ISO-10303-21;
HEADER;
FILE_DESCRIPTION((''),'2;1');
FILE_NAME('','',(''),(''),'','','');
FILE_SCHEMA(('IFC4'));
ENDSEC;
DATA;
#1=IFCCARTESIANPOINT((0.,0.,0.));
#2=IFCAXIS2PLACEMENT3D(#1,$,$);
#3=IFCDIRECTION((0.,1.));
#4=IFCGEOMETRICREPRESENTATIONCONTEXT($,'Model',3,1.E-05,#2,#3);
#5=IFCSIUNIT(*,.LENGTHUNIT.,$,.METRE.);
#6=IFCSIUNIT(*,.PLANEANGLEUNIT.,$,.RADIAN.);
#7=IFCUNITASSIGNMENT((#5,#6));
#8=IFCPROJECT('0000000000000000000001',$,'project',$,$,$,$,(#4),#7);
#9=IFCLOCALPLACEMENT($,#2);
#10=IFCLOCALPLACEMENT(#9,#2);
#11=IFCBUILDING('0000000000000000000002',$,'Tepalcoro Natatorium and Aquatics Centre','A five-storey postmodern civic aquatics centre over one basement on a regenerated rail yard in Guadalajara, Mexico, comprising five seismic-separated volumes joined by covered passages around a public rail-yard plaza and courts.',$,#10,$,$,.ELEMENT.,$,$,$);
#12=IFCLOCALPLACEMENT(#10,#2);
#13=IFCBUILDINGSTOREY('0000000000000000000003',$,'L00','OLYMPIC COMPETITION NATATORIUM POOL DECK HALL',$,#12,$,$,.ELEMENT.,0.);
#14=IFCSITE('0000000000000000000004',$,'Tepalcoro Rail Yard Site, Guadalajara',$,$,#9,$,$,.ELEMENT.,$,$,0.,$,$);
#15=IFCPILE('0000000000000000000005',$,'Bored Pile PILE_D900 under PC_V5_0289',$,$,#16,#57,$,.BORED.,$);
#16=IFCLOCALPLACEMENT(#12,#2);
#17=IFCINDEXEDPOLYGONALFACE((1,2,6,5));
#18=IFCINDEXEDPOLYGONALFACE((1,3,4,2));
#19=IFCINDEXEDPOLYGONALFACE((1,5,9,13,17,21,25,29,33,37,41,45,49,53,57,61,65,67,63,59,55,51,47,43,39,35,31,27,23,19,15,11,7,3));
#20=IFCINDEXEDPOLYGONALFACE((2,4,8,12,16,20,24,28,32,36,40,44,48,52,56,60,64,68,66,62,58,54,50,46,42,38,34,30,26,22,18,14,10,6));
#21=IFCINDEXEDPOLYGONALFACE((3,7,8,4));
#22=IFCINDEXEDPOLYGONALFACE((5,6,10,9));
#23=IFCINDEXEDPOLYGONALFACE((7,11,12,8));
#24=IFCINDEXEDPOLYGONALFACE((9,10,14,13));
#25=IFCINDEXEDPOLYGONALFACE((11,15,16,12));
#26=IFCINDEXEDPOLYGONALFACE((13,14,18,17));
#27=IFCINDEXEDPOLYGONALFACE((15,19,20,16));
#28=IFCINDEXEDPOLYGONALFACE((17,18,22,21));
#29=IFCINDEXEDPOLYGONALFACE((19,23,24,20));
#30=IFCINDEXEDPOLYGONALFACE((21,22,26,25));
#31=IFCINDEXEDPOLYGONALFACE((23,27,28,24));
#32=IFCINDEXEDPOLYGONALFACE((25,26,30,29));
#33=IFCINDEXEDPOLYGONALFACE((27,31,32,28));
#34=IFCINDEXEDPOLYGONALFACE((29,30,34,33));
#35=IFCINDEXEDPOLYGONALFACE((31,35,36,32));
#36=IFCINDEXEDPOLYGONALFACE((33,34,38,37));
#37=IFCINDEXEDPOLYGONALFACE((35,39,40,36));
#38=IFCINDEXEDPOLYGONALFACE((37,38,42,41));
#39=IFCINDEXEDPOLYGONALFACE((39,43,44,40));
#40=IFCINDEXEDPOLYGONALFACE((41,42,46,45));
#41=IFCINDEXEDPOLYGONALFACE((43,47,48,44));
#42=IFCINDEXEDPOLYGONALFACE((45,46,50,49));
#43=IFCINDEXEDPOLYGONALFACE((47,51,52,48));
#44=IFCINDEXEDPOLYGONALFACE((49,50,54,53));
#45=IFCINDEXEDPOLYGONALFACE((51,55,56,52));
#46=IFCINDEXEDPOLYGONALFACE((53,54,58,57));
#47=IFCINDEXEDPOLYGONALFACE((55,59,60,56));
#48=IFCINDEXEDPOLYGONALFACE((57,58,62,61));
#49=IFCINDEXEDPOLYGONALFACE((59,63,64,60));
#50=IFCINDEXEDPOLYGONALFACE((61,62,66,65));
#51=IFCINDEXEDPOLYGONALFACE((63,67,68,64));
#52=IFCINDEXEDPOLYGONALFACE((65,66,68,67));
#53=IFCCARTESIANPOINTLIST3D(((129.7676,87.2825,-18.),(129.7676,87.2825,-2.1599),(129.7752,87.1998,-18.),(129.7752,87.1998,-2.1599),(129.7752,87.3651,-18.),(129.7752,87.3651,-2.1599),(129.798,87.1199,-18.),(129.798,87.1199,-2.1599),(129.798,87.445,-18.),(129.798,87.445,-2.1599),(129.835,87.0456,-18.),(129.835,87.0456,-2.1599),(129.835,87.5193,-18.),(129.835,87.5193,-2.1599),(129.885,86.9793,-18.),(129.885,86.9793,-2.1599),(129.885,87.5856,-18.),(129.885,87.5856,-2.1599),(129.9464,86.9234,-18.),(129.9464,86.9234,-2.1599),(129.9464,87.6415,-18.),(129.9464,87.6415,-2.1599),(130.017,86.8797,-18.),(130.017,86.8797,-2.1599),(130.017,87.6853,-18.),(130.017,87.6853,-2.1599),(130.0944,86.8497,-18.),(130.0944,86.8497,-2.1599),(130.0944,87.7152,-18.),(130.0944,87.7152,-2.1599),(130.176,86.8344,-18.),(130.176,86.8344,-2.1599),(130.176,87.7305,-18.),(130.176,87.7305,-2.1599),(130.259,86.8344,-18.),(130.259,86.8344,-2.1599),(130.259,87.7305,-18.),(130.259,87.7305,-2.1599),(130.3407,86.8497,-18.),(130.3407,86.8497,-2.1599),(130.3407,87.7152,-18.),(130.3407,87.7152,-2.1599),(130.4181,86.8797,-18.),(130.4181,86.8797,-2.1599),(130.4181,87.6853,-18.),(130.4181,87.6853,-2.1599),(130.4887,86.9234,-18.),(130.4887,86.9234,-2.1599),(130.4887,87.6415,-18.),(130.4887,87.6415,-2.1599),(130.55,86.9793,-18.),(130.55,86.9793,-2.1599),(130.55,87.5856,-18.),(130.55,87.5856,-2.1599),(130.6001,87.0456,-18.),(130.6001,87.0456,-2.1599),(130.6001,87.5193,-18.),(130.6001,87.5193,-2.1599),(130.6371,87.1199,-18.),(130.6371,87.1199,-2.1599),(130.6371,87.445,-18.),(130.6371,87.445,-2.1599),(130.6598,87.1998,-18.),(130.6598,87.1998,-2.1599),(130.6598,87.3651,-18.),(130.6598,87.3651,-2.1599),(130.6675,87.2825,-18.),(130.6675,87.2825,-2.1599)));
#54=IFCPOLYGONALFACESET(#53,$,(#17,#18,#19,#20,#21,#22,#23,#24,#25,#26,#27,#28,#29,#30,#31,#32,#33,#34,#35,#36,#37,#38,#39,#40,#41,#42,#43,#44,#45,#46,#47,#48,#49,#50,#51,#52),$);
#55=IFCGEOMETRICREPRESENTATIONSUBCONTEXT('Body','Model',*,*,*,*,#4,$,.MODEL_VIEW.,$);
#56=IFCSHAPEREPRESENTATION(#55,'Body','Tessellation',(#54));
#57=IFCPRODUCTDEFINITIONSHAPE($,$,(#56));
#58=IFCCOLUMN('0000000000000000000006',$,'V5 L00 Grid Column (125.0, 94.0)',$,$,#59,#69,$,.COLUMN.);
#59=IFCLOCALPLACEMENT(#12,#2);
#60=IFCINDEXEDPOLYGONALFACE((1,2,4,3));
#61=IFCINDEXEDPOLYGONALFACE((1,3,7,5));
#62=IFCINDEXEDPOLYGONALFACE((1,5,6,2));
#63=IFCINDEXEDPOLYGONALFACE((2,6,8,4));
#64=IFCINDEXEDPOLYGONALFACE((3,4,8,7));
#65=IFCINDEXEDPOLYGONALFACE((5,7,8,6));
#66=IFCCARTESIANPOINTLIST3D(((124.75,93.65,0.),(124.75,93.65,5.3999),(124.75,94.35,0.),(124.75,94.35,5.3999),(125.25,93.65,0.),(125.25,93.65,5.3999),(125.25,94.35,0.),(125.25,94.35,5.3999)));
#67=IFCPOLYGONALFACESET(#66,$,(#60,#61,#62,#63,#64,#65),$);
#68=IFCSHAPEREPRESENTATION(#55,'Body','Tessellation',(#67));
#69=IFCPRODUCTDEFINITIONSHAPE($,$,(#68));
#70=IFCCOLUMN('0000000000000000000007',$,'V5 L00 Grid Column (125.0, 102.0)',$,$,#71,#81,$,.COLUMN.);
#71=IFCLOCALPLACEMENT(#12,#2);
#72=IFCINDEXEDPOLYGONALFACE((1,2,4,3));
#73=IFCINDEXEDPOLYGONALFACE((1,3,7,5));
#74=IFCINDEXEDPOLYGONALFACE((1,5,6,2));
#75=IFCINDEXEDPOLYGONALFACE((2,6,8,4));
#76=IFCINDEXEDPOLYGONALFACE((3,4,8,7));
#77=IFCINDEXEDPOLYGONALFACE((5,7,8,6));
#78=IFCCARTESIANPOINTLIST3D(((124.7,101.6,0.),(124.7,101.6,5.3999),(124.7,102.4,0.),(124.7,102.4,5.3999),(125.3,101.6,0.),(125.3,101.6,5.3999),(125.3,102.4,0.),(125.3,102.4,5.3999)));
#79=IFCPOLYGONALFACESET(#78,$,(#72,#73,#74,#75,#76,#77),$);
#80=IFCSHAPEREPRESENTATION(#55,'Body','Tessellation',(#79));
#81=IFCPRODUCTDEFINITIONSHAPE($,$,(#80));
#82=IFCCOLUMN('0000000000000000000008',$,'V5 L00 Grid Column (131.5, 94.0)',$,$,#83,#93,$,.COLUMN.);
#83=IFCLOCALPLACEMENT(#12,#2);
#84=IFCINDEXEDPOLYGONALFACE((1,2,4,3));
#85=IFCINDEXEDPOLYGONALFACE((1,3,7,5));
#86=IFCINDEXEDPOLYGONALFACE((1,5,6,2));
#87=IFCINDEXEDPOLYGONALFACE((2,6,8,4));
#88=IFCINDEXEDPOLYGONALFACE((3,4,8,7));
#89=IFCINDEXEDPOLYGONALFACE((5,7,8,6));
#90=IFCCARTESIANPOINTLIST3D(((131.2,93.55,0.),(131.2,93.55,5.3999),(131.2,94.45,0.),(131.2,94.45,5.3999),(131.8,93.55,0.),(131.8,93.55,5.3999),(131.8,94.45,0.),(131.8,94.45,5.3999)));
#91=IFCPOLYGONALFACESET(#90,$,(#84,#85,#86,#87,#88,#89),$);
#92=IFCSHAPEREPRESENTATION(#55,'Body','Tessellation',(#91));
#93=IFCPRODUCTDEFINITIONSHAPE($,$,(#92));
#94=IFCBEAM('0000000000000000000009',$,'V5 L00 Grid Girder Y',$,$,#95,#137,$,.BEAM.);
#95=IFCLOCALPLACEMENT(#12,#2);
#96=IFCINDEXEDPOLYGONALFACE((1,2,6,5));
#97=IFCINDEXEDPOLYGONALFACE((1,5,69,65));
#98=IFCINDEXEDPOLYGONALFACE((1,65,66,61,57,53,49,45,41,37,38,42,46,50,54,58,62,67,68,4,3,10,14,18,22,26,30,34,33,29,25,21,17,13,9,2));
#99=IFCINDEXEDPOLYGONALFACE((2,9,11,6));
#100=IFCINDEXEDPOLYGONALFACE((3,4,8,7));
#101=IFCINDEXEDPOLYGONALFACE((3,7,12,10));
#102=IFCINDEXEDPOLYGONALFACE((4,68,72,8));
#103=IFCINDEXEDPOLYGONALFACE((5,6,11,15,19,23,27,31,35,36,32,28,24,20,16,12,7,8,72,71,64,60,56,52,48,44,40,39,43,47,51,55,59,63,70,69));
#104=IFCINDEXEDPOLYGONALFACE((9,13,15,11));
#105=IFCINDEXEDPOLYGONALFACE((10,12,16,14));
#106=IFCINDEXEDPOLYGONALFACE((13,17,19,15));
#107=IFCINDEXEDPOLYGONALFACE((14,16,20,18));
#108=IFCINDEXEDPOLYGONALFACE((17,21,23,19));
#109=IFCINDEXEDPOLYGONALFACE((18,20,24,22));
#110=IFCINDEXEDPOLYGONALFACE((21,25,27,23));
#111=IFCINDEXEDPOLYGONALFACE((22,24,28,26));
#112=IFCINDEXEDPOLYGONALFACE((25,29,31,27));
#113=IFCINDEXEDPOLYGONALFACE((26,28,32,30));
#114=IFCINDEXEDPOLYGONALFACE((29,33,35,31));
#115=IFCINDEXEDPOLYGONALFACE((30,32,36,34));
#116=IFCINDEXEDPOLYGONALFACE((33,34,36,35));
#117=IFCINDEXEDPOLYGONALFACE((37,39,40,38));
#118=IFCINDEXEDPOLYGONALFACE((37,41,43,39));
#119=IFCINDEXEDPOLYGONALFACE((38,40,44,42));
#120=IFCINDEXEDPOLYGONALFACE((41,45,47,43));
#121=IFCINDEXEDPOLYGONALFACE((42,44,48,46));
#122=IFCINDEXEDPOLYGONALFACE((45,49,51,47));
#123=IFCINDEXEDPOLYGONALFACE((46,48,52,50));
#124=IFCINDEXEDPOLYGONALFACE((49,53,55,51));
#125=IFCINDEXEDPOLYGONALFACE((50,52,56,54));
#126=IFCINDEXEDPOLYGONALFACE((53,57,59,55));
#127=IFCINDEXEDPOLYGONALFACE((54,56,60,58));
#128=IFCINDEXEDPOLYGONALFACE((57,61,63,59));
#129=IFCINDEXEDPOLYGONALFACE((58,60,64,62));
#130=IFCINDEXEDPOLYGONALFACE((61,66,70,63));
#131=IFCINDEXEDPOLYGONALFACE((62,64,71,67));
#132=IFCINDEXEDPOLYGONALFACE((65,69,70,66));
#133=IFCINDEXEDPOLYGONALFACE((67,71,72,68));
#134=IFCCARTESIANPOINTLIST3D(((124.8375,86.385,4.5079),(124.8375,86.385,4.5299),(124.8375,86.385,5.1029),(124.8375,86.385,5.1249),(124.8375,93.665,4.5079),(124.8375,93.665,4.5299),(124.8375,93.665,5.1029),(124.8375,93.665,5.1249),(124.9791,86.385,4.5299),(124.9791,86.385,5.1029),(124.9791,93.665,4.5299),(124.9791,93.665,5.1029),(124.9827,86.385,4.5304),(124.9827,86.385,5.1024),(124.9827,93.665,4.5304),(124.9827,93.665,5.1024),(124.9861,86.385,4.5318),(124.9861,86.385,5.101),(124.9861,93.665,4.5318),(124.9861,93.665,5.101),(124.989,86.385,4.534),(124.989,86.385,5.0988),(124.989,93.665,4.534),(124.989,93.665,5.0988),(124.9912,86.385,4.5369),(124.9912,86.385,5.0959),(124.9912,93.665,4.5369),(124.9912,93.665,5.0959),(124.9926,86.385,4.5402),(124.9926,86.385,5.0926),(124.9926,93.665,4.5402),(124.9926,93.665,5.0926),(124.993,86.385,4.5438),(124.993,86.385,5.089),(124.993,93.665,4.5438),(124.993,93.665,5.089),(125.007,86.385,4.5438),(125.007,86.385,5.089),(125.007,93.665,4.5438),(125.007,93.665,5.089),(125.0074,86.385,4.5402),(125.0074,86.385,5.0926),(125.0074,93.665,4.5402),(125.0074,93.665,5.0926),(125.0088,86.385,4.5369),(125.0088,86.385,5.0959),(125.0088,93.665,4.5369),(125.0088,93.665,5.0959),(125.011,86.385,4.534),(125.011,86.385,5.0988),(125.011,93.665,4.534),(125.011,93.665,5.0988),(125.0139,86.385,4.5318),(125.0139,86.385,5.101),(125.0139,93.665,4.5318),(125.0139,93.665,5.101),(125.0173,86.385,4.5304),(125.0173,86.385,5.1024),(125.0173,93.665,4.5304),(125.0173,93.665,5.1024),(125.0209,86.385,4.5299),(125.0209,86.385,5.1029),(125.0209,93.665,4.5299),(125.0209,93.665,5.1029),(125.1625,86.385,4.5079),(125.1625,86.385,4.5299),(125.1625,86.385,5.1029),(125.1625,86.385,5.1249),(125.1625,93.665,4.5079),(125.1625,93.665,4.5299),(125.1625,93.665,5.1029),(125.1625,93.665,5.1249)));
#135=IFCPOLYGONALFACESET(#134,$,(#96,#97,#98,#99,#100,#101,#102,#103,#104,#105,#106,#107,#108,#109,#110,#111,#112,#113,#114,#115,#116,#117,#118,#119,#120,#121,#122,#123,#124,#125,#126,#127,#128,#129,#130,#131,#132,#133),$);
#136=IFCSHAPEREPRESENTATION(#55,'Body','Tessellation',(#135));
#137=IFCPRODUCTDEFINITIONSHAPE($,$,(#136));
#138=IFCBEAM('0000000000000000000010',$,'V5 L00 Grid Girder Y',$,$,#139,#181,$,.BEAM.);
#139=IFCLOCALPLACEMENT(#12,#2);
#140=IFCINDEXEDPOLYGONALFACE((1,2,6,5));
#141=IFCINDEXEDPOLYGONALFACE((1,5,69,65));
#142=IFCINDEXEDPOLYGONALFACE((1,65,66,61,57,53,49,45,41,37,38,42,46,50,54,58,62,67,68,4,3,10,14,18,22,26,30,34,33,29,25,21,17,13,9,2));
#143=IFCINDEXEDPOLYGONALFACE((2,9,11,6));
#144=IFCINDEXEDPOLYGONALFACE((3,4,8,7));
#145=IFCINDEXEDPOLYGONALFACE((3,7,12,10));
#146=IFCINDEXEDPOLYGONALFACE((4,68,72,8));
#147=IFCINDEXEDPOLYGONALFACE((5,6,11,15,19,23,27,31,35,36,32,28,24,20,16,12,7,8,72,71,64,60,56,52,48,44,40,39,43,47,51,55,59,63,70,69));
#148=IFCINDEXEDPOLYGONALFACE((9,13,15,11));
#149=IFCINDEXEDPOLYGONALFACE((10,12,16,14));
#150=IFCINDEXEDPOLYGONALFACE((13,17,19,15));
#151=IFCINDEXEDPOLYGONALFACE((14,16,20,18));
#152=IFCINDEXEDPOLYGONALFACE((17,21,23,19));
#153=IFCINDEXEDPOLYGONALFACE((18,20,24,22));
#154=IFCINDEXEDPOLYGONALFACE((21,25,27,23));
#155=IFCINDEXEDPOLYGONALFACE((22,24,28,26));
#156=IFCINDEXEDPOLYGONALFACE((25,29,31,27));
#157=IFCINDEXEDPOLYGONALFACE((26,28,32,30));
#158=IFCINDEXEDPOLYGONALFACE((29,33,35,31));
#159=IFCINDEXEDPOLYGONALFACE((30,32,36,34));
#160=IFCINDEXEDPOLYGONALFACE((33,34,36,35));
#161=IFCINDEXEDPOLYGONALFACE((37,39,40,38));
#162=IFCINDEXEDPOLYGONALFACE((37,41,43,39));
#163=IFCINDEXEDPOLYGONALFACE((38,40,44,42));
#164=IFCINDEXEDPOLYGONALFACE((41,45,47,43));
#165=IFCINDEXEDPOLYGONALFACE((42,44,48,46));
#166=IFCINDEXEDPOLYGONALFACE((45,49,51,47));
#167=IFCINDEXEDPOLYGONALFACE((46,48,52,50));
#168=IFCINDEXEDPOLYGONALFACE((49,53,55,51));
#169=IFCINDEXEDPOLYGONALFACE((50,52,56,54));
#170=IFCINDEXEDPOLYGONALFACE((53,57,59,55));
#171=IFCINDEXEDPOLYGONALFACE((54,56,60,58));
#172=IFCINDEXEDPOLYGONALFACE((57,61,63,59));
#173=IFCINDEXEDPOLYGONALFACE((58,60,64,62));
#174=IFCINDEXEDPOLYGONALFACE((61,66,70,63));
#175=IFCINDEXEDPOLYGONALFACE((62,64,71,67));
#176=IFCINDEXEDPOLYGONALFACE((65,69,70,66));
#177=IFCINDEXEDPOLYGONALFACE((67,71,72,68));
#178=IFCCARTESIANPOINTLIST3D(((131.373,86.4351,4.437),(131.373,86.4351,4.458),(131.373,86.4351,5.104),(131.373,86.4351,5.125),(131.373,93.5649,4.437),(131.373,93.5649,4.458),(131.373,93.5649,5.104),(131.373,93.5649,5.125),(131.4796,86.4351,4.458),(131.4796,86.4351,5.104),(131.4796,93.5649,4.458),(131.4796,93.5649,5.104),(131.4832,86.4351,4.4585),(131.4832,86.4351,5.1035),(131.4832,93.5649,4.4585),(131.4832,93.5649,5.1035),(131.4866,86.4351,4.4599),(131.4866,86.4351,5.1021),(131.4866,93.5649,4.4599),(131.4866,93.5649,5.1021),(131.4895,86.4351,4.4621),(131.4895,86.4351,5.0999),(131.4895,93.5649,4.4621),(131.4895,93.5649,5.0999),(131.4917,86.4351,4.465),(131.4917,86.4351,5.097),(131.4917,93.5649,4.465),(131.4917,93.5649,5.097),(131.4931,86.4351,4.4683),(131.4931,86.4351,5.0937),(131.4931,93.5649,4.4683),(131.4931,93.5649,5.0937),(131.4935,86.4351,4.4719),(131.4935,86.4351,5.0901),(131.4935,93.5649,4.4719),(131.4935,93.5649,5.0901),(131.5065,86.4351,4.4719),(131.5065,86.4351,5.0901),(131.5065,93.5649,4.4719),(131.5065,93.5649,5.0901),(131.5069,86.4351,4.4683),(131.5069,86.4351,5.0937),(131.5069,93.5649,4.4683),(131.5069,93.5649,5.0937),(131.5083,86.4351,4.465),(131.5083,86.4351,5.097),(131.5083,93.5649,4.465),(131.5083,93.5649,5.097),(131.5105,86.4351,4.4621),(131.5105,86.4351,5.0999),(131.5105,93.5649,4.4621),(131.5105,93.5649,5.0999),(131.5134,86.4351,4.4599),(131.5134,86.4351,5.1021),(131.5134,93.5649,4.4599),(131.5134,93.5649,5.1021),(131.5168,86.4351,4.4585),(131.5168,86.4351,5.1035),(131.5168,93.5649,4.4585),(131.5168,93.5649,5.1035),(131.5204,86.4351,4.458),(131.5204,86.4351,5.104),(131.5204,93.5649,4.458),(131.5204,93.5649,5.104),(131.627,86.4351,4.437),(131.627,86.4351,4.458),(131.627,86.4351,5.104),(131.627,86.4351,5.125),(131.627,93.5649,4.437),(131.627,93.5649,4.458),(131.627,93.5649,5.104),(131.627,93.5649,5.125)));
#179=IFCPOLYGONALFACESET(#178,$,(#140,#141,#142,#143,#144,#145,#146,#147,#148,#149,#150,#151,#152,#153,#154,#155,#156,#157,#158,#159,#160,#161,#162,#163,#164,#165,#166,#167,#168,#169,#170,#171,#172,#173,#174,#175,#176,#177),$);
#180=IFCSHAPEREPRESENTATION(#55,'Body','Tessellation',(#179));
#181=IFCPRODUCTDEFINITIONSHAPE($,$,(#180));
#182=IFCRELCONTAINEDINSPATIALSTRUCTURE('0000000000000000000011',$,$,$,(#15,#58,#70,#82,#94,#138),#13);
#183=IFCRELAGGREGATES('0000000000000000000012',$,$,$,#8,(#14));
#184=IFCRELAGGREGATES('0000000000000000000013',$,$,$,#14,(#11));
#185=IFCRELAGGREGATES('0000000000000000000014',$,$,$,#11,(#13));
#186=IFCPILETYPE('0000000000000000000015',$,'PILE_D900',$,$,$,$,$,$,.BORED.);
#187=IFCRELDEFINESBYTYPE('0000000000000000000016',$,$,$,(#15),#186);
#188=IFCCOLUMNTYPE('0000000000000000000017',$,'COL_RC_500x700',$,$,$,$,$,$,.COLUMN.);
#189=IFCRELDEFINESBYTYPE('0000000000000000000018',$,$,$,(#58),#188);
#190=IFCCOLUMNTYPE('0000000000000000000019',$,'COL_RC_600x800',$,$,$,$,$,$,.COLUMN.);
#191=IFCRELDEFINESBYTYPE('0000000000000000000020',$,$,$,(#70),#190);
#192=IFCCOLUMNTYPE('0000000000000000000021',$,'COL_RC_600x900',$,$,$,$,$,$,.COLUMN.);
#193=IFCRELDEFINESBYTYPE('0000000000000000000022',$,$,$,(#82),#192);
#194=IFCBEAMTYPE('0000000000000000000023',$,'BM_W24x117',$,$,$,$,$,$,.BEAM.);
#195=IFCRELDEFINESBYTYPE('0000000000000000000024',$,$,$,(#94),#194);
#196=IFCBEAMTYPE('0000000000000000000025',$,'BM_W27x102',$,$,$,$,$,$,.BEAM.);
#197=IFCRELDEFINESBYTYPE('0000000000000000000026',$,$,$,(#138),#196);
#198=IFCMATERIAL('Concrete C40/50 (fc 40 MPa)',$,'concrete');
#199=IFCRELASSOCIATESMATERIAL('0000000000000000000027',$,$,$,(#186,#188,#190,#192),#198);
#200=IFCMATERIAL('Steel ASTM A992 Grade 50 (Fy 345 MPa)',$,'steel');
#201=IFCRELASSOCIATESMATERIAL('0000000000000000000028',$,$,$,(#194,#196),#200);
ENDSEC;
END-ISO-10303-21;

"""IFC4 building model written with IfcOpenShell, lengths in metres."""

from ifc_helpers import new_model, si_unit, direction, frame, origin, origin_2d, place, context, subcontext, project, spatial, rectangle, circle, i_section, extrude, material, material_profile, profile_set, type_object, element, save


model = new_model("IFC4")

# Units and contexts
model_context = context("Model", 3, precision=1e-05, world=origin(), true_north=direction((0.0, 1.0)))
body_context = subcontext(model_context, "Body", "Model", "MODEL_VIEW")
ifc_project = project(units=[si_unit("LENGTHUNIT", "METRE"), si_unit("PLANEANGLEUNIT", "RADIAN")], contexts=[model_context])

# Site, building, storey
site_placement = place(None, origin())
site = spatial("IfcSite", under=ifc_project, at=site_placement, Name="Tepalcoro Rail Yard Site, Guadalajara", CompositionType="ELEMENT", RefElevation=0.0)
building_placement = place(site_placement, origin())
building = spatial("IfcBuilding", under=site, at=building_placement, Name="Tepalcoro Natatorium and Aquatics Centre", Description="A five-storey postmodern civic aquatics centre over one basement on a regenerated rail yard in Guadalajara, Mexico, comprising five seismic-separated volumes joined by covered passages around a public rail-yard plaza and courts.", CompositionType="ELEMENT")
storey_placement = place(building_placement, origin())
storey = spatial("IfcBuildingStorey", under=building, at=storey_placement, Name="L00", Description="OLYMPIC COMPETITION NATATORIUM POOL DECK HALL", CompositionType="ELEMENT", Elevation=0.0)

# Pile
ifc_material_1 = material(Name="Concrete C40/50 (fc 40 MPa)", Category="concrete")
ifc_material_profile_1 = material_profile(ifc_material_1, circle(Radius=0.45, at=origin_2d()), Name="PILE_D900")
ifc_profile_set_1 = profile_set([ifc_material_profile_1], Name="Concrete C40/50 (fc 40 MPa)")
pile_type_1 = type_object("IfcPileType", Name="PILE_D900", PredefinedType="BORED", material=ifc_profile_set_1)
pile_1_placement = place(storey_placement, frame((130.2175, 87.2825, -2.1599), z_axis=(0.0, 0.0, -1.0), x_axis=(1.0, 0.0, 0.0)))
element("IfcPile", 1, at=pile_1_placement, inside=storey, type_object=pile_type_1, Name="Bored Pile PILE_D900 under PC_V5_0289", PredefinedType="BORED", context=body_context, shape_type="SweptSolid", body=[
    extrude(circle(Radius=0.45, at=origin_2d()), origin(), (0.0, 0.0, 1.0), 15.8401),
])

# Columns
ifc_material_profile_2 = material_profile(ifc_material_1, rectangle(XDim=0.5, YDim=0.7, at=origin_2d()), Name="RC500x700")
ifc_profile_set_2 = profile_set([ifc_material_profile_2], Name="Concrete C40/50 (fc 40 MPa)")
column_type_1 = type_object("IfcColumnType", Name="COL_RC_500x700", PredefinedType="COLUMN", material=ifc_profile_set_2)
column_1_placement = place(storey_placement, frame((125.0, 94.0, 0.0), z_axis=(0.0, 0.0, 1.0), x_axis=(1.0, 0.0, 0.0)))
element("IfcColumn", 2, at=column_1_placement, inside=storey, type_object=column_type_1, Name="V5 L00 Grid Column (125.0, 94.0)", PredefinedType="COLUMN", context=body_context, shape_type="SweptSolid", body=[
    extrude(rectangle(XDim=0.5, YDim=0.7, at=origin_2d()), origin(), (0.0, 0.0, 1.0), 5.3999),
])
ifc_material_profile_3 = material_profile(ifc_material_1, rectangle(XDim=0.6001, YDim=0.8, at=origin_2d()), Name="RC600x800")
ifc_profile_set_3 = profile_set([ifc_material_profile_3], Name="Concrete C40/50 (fc 40 MPa)")
column_type_2 = type_object("IfcColumnType", Name="COL_RC_600x800", PredefinedType="COLUMN", material=ifc_profile_set_3)
column_2_placement = place(storey_placement, frame((125.0, 102.0, 0.0), z_axis=(0.0, 0.0, 1.0), x_axis=(1.0, 0.0, 0.0)))
element("IfcColumn", 3, at=column_2_placement, inside=storey, type_object=column_type_2, Name="V5 L00 Grid Column (125.0, 102.0)", PredefinedType="COLUMN", context=body_context, shape_type="SweptSolid", body=[
    extrude(rectangle(XDim=0.6001, YDim=0.8, at=origin_2d()), origin(), (0.0, 0.0, 1.0), 5.3999),
])
ifc_material_profile_4 = material_profile(ifc_material_1, rectangle(XDim=0.6001, YDim=0.8999, at=origin_2d()), Name="RC600x900")
ifc_profile_set_4 = profile_set([ifc_material_profile_4], Name="Concrete C40/50 (fc 40 MPa)")
column_type_3 = type_object("IfcColumnType", Name="COL_RC_600x900", PredefinedType="COLUMN", material=ifc_profile_set_4)
column_3_placement = place(storey_placement, frame((131.5, 94.0, 0.0), z_axis=(0.0, 0.0, 1.0), x_axis=(1.0, 0.0, 0.0)))
element("IfcColumn", 4, at=column_3_placement, inside=storey, type_object=column_type_3, Name="V5 L00 Grid Column (131.5, 94.0)", PredefinedType="COLUMN", context=body_context, shape_type="SweptSolid", body=[
    extrude(rectangle(XDim=0.6001, YDim=0.8999, at=origin_2d()), origin(), (0.0, 0.0, 1.0), 5.3999),
])

# Beams
ifc_material_2 = material(Name="Steel ASTM A992 Grade 50 (Fy 345 MPa)", Category="steel")
ifc_material_profile_5 = material_profile(ifc_material_2, i_section(OverallWidth=0.325, OverallDepth=0.6169, WebThickness=0.0139, FlangeThickness=0.022, FilletRadius=0.0139, at=origin_2d()), Name="W24X117")
ifc_profile_set_5 = profile_set([ifc_material_profile_5], Name="Steel ASTM A992 Grade 50 (Fy 345 MPa)")
beam_type_1 = type_object("IfcBeamType", Name="BM_W24x117", PredefinedType="BEAM", material=ifc_profile_set_5)
beam_1_placement = place(storey_placement, frame((125.0, 86.385, 4.8164), z_axis=(0.0, 1.0, 0.0), x_axis=(-1.0, 0.0, 0.0)))
element("IfcBeam", 5, at=beam_1_placement, inside=storey, type_object=beam_type_1, Name="V5 L00 Grid Girder Y", PredefinedType="BEAM", context=body_context, shape_type="SweptSolid", body=[
    extrude(i_section(OverallWidth=0.325, OverallDepth=0.6169, WebThickness=0.0139, FlangeThickness=0.022, FilletRadius=0.0139, at=origin_2d()), origin(), (0.0, 0.0, 1.0), 7.28),
])
ifc_material_profile_6 = material_profile(ifc_material_2, i_section(OverallWidth=0.2539, OverallDepth=0.688, WebThickness=0.0129, FlangeThickness=0.021, FilletRadius=0.0139, at=origin_2d()), Name="W27X102")
ifc_profile_set_6 = profile_set([ifc_material_profile_6], Name="Steel ASTM A992 Grade 50 (Fy 345 MPa)")
beam_type_2 = type_object("IfcBeamType", Name="BM_W27x102", PredefinedType="BEAM", material=ifc_profile_set_6)
beam_2_placement = place(storey_placement, frame((131.5, 86.4351, 4.781), z_axis=(0.0, 1.0, 0.0), x_axis=(-1.0, 0.0, 0.0)))
element("IfcBeam", 6, at=beam_2_placement, inside=storey, type_object=beam_type_2, Name="V5 L00 Grid Girder Y", PredefinedType="BEAM", context=body_context, shape_type="SweptSolid", body=[
    extrude(i_section(OverallWidth=0.2539, OverallDepth=0.688, WebThickness=0.0129, FlangeThickness=0.021, FilletRadius=0.0139, at=origin_2d()), origin(), (0.0, 0.0, 1.0), 7.1299),
])

save(model, "model.ifc")
